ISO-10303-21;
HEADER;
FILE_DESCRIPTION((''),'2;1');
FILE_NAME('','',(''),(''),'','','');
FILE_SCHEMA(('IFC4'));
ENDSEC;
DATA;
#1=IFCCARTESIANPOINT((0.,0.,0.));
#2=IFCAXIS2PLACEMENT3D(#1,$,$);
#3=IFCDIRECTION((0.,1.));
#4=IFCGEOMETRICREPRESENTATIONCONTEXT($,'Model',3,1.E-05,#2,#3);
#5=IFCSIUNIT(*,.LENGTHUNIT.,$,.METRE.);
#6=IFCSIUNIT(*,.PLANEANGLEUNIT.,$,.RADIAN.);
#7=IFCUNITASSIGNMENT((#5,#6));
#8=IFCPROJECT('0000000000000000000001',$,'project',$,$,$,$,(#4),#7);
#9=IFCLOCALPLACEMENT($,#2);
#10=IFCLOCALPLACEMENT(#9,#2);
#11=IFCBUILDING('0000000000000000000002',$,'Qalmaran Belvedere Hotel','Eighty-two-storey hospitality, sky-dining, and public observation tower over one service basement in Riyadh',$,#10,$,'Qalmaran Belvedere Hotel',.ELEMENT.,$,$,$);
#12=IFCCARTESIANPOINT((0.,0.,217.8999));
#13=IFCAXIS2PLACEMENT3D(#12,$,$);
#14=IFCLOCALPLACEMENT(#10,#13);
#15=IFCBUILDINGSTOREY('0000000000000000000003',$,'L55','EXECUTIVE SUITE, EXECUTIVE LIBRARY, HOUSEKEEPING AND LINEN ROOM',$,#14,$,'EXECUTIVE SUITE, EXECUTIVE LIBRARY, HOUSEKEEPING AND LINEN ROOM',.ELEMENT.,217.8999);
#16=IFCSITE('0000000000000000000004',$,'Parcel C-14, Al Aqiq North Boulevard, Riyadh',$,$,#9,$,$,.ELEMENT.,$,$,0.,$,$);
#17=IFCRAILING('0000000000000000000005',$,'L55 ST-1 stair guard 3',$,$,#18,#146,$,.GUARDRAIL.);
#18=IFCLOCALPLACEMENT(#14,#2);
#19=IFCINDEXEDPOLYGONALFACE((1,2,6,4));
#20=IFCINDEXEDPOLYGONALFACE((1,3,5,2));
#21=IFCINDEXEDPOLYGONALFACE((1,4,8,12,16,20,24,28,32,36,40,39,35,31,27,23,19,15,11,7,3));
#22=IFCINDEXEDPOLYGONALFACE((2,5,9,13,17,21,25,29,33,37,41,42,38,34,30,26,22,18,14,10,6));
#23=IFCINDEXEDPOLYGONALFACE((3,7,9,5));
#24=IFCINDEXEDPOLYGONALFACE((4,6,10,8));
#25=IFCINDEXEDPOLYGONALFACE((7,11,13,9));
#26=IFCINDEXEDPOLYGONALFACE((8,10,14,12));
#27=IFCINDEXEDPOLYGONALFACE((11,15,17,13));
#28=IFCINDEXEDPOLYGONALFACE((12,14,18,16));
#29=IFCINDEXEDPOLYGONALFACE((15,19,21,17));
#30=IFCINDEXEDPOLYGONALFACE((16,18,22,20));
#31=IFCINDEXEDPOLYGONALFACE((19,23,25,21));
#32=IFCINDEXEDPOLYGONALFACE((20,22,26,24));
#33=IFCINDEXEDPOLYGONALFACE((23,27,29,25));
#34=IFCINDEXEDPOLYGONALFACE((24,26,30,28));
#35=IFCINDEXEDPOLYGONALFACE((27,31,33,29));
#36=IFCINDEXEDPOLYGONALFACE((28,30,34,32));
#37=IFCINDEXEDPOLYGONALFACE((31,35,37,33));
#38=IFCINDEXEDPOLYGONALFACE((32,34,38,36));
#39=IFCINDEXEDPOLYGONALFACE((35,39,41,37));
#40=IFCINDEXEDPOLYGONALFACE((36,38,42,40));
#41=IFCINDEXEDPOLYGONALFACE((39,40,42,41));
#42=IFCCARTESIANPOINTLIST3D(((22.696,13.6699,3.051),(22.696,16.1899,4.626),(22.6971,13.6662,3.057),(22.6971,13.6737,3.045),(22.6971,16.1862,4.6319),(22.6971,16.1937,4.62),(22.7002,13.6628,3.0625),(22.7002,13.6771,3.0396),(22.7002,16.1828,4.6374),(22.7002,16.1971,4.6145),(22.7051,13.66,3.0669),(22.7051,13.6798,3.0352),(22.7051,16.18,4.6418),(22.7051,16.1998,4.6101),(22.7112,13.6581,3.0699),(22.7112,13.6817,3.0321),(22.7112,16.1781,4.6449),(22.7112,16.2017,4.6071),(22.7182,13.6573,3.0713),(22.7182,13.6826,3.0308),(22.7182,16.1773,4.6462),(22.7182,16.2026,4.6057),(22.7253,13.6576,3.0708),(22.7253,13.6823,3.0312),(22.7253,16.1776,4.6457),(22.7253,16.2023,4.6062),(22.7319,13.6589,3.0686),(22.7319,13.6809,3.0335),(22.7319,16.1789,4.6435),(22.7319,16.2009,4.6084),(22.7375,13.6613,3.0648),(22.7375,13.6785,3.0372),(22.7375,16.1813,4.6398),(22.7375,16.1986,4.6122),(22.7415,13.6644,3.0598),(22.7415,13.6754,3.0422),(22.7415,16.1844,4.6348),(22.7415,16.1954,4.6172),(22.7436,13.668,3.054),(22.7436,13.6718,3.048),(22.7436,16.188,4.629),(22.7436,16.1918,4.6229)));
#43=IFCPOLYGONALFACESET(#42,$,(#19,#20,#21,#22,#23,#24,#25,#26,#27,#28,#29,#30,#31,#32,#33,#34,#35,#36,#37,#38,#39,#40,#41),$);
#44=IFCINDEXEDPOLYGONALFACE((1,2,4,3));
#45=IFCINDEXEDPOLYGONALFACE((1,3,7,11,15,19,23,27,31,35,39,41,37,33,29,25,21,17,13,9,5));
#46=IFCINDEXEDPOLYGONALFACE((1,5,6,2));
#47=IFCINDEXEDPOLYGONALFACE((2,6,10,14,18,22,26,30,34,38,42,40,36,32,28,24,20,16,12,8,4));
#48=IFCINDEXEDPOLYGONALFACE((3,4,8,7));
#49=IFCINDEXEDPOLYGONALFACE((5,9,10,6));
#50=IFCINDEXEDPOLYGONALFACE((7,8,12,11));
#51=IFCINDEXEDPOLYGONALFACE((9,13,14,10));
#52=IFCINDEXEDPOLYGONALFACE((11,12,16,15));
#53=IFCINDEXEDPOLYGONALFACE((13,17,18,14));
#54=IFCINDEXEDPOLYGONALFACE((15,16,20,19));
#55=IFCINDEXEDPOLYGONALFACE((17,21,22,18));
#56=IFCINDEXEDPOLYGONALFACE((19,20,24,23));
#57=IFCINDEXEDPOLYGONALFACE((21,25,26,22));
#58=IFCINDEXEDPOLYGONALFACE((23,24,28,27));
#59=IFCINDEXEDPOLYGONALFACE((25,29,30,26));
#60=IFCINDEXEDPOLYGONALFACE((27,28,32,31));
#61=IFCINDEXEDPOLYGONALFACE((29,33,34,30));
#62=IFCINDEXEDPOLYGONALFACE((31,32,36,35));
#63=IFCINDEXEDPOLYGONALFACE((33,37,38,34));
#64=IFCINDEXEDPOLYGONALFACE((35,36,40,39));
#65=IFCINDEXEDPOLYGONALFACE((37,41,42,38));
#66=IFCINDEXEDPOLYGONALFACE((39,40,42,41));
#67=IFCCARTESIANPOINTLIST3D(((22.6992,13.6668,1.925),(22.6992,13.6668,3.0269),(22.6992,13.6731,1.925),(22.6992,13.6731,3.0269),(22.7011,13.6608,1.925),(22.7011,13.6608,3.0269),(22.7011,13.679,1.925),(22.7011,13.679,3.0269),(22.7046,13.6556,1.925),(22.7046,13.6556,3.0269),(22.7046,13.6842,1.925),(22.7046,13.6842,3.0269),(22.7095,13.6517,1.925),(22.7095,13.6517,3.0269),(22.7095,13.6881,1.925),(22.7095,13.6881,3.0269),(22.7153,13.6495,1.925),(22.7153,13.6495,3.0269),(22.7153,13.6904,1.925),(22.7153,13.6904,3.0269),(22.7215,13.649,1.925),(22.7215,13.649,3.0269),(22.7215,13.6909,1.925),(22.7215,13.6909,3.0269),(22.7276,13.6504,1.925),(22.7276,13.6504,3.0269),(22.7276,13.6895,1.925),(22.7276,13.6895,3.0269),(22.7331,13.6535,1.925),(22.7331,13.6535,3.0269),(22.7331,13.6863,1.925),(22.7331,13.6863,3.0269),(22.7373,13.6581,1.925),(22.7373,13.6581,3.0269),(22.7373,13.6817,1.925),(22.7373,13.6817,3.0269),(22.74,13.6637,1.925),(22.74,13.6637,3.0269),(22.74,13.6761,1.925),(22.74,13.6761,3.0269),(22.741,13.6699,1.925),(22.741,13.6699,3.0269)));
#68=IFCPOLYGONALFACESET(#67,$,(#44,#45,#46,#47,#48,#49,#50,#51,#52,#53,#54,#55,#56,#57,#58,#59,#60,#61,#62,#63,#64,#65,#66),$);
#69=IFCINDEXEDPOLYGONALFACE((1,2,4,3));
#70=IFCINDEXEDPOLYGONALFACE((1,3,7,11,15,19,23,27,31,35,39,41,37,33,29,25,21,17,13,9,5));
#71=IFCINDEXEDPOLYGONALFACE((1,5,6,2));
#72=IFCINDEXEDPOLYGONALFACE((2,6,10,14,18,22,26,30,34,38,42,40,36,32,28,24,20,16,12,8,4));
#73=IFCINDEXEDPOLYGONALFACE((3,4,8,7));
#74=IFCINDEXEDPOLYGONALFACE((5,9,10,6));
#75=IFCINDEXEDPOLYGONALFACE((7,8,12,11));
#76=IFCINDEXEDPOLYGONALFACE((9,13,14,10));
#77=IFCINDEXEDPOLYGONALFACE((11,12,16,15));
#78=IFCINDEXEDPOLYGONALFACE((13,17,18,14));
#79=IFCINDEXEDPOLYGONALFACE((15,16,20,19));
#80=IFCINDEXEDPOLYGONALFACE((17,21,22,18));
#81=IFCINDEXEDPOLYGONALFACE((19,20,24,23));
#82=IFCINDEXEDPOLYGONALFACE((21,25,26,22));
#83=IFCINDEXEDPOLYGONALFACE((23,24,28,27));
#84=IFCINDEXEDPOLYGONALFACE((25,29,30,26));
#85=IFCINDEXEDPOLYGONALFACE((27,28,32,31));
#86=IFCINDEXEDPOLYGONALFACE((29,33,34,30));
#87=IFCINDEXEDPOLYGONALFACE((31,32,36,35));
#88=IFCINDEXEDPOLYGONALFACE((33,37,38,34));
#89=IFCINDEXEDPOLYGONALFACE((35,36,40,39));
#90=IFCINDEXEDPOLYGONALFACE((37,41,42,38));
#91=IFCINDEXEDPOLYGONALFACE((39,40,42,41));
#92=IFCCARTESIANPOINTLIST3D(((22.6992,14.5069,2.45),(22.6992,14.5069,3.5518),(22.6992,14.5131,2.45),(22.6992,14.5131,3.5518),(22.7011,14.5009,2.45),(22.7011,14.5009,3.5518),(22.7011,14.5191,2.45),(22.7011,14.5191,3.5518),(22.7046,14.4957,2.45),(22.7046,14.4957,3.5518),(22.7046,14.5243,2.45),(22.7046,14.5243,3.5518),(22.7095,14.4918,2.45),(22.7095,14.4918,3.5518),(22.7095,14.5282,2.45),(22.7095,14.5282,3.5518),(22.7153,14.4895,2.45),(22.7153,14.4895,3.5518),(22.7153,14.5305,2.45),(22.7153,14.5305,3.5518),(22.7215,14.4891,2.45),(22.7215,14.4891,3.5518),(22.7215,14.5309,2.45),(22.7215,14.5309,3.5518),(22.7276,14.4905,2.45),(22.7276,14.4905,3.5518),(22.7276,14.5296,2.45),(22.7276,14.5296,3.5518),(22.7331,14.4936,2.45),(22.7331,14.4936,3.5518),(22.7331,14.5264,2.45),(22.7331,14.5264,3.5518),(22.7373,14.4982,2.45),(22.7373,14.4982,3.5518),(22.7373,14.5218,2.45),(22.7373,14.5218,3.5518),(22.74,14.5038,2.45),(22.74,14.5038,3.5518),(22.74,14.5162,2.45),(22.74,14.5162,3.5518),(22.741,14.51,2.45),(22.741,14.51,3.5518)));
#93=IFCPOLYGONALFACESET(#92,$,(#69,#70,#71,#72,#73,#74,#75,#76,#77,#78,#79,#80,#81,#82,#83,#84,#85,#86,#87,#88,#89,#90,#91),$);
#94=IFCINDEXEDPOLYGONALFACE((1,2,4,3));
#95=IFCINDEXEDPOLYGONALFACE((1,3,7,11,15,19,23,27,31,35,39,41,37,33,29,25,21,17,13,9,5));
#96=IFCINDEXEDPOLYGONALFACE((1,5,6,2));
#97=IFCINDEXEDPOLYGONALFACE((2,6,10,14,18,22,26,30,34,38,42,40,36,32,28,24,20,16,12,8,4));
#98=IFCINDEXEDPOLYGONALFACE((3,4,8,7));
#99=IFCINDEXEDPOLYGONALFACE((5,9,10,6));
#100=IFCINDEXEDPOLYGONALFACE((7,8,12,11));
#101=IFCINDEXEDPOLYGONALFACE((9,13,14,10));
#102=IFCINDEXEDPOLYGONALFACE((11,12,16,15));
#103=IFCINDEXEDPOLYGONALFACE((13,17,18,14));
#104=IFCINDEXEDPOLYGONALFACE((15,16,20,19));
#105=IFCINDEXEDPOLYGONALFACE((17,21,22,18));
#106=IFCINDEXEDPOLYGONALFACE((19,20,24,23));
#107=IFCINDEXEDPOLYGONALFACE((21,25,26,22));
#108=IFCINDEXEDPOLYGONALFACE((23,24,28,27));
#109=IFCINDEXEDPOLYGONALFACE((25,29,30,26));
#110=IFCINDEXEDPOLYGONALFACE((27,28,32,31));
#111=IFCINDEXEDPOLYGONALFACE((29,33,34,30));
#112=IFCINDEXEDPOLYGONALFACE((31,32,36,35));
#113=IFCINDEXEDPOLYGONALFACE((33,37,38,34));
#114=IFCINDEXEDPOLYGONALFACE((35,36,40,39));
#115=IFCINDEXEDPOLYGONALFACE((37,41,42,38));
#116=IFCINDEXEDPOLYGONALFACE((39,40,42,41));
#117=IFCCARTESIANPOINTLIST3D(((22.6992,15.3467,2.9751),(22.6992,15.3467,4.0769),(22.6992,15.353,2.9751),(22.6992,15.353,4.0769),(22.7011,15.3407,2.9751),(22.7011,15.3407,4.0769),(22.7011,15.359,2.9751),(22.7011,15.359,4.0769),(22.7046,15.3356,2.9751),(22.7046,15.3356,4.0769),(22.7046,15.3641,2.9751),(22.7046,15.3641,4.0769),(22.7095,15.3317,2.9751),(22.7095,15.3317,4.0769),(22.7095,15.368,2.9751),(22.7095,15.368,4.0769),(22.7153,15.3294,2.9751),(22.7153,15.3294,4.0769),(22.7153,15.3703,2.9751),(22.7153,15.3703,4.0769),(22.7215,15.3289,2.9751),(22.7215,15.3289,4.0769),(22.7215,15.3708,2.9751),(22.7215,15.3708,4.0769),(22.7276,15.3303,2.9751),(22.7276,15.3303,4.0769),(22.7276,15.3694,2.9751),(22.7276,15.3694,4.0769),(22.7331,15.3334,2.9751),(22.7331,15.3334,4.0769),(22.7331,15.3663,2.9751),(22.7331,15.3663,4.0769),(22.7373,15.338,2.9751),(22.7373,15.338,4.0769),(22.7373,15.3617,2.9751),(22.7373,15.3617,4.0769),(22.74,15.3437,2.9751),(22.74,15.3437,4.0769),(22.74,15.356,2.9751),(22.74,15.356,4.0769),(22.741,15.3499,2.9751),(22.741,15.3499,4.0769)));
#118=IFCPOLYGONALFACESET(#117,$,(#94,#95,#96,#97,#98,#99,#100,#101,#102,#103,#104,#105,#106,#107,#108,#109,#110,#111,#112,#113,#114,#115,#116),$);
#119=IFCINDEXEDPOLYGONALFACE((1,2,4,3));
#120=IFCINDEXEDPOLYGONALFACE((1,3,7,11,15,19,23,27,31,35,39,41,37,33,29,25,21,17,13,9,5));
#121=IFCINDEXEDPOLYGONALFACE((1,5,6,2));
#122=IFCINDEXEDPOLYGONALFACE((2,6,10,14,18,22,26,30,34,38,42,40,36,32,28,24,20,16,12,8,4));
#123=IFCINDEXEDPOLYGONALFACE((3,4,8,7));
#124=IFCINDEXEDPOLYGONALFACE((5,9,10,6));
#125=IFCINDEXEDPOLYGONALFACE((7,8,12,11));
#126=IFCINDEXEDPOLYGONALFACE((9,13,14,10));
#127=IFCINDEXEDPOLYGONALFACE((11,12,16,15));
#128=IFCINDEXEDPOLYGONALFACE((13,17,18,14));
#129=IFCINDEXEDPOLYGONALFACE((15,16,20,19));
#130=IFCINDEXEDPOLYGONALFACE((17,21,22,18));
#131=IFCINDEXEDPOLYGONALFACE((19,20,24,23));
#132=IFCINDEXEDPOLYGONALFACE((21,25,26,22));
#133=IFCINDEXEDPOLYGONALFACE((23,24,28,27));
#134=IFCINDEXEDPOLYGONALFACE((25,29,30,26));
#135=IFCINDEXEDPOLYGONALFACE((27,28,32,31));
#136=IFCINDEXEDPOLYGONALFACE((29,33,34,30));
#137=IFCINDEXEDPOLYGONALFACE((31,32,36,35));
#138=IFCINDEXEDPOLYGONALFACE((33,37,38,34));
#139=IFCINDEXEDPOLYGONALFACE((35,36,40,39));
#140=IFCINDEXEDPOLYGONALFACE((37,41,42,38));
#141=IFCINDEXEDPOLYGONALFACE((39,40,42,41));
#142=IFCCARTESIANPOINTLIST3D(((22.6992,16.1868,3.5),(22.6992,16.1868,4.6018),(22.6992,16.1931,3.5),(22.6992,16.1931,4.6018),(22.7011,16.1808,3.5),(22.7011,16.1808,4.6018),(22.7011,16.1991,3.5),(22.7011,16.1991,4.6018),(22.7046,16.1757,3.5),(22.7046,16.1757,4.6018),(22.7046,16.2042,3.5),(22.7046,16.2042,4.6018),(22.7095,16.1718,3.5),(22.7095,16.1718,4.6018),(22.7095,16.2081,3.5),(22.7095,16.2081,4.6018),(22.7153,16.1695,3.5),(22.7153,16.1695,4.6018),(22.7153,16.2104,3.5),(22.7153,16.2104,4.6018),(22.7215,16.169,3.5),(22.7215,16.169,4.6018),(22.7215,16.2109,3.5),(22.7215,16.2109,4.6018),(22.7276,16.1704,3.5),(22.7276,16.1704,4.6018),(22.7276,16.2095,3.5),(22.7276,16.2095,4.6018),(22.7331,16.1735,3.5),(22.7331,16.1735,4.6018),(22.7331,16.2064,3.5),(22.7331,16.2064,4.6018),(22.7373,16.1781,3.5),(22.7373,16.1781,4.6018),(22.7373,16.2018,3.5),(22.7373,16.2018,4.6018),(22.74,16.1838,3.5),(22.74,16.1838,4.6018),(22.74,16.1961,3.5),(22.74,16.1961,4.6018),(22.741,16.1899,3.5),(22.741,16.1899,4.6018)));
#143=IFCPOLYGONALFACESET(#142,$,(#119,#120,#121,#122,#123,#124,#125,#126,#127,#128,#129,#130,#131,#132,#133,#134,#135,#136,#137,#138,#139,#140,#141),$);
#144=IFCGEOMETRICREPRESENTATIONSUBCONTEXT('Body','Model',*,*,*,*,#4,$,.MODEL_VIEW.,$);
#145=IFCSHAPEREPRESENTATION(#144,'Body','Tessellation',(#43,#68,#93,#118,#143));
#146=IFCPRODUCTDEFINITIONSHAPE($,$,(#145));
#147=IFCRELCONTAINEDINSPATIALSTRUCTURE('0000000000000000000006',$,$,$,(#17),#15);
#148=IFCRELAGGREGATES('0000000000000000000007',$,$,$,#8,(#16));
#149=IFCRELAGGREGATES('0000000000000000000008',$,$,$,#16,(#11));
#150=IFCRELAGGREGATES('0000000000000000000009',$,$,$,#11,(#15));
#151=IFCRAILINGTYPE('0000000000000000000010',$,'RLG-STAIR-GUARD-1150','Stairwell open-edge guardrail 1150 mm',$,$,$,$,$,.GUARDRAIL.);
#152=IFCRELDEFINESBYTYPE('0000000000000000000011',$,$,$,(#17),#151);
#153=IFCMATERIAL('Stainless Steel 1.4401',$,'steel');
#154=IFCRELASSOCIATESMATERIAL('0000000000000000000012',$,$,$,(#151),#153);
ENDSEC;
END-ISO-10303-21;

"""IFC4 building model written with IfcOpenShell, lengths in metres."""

from ifc_helpers import new_model, si_unit, direction, frame, origin, origin_2d, place, context, subcontext, project, spatial, circle, extrude, material, type_object, element, save


model = new_model("IFC4")

# Units and contexts
model_context = context("Model", 3, precision=1e-05, world=origin(), true_north=direction((0.0, 1.0)))
body_context = subcontext(model_context, "Body", "Model", "MODEL_VIEW")
ifc_project = project(units=[si_unit("LENGTHUNIT", "METRE"), si_unit("PLANEANGLEUNIT", "RADIAN")], contexts=[model_context])

# Site, building, storey
site_placement = place(None, origin())
site = spatial("IfcSite", under=ifc_project, at=site_placement, Name="Parcel C-14, Al Aqiq North Boulevard, Riyadh", CompositionType="ELEMENT", RefElevation=0.0)
building_placement = place(site_placement, origin())
building = spatial("IfcBuilding", under=site, at=building_placement, Name="Qalmaran Belvedere Hotel", Description="Eighty-two-storey hospitality, sky-dining, and public observation tower over one service basement in Riyadh", LongName="Qalmaran Belvedere Hotel", CompositionType="ELEMENT")
storey_placement = place(building_placement, frame((0.0, 0.0, 217.8999)))
storey = spatial("IfcBuildingStorey", under=building, at=storey_placement, Name="L55", Description="EXECUTIVE SUITE, EXECUTIVE LIBRARY, HOUSEKEEPING AND LINEN ROOM", LongName="EXECUTIVE SUITE, EXECUTIVE LIBRARY, HOUSEKEEPING AND LINEN ROOM", CompositionType="ELEMENT", Elevation=217.8999)

# Railing
ifc_material_1 = material(Name="Stainless Steel 1.4401", Category="steel")
railing_type_1 = type_object("IfcRailingType", Name="RLG-STAIR-GUARD-1150", Description="Stairwell open-edge guardrail 1150 mm", PredefinedType="GUARDRAIL", material=ifc_material_1)
railing_1_placement = place(storey_placement, frame((22.72, 13.6699, 1.925)))
element("IfcRailing", 1, at=railing_1_placement, inside=storey, type_object=railing_type_1, Name="L55 ST-1 stair guard 3", PredefinedType="GUARDRAIL", context=body_context, shape_type="SweptSolid", body=[
    extrude(circle(Radius=0.0239, at=origin_2d()), frame((0.0, 0.0, 1.126), z_axis=(0.0, 0.848008, 0.529984), x_axis=(-1.0, 0.0, 0.0)), (0.0, 0.0, 1.0), 2.9717),
    extrude(circle(Radius=0.021, at=origin_2d()), origin(), (0.0, 0.0, 1.0), 1.1018),
    extrude(circle(Radius=0.021, at=origin_2d()), frame((0.0, 0.8401, 0.5249)), (0.0, 0.0, 1.0), 1.1018),
    extrude(circle(Radius=0.021, at=origin_2d()), frame((0.0, 1.6799, 1.05)), (0.0, 0.0, 1.0), 1.1018),
    extrude(circle(Radius=0.021, at=origin_2d()), frame((0.0, 2.52, 1.575)), (0.0, 0.0, 1.0), 1.1018),
])

save(model, "model.ifc")
